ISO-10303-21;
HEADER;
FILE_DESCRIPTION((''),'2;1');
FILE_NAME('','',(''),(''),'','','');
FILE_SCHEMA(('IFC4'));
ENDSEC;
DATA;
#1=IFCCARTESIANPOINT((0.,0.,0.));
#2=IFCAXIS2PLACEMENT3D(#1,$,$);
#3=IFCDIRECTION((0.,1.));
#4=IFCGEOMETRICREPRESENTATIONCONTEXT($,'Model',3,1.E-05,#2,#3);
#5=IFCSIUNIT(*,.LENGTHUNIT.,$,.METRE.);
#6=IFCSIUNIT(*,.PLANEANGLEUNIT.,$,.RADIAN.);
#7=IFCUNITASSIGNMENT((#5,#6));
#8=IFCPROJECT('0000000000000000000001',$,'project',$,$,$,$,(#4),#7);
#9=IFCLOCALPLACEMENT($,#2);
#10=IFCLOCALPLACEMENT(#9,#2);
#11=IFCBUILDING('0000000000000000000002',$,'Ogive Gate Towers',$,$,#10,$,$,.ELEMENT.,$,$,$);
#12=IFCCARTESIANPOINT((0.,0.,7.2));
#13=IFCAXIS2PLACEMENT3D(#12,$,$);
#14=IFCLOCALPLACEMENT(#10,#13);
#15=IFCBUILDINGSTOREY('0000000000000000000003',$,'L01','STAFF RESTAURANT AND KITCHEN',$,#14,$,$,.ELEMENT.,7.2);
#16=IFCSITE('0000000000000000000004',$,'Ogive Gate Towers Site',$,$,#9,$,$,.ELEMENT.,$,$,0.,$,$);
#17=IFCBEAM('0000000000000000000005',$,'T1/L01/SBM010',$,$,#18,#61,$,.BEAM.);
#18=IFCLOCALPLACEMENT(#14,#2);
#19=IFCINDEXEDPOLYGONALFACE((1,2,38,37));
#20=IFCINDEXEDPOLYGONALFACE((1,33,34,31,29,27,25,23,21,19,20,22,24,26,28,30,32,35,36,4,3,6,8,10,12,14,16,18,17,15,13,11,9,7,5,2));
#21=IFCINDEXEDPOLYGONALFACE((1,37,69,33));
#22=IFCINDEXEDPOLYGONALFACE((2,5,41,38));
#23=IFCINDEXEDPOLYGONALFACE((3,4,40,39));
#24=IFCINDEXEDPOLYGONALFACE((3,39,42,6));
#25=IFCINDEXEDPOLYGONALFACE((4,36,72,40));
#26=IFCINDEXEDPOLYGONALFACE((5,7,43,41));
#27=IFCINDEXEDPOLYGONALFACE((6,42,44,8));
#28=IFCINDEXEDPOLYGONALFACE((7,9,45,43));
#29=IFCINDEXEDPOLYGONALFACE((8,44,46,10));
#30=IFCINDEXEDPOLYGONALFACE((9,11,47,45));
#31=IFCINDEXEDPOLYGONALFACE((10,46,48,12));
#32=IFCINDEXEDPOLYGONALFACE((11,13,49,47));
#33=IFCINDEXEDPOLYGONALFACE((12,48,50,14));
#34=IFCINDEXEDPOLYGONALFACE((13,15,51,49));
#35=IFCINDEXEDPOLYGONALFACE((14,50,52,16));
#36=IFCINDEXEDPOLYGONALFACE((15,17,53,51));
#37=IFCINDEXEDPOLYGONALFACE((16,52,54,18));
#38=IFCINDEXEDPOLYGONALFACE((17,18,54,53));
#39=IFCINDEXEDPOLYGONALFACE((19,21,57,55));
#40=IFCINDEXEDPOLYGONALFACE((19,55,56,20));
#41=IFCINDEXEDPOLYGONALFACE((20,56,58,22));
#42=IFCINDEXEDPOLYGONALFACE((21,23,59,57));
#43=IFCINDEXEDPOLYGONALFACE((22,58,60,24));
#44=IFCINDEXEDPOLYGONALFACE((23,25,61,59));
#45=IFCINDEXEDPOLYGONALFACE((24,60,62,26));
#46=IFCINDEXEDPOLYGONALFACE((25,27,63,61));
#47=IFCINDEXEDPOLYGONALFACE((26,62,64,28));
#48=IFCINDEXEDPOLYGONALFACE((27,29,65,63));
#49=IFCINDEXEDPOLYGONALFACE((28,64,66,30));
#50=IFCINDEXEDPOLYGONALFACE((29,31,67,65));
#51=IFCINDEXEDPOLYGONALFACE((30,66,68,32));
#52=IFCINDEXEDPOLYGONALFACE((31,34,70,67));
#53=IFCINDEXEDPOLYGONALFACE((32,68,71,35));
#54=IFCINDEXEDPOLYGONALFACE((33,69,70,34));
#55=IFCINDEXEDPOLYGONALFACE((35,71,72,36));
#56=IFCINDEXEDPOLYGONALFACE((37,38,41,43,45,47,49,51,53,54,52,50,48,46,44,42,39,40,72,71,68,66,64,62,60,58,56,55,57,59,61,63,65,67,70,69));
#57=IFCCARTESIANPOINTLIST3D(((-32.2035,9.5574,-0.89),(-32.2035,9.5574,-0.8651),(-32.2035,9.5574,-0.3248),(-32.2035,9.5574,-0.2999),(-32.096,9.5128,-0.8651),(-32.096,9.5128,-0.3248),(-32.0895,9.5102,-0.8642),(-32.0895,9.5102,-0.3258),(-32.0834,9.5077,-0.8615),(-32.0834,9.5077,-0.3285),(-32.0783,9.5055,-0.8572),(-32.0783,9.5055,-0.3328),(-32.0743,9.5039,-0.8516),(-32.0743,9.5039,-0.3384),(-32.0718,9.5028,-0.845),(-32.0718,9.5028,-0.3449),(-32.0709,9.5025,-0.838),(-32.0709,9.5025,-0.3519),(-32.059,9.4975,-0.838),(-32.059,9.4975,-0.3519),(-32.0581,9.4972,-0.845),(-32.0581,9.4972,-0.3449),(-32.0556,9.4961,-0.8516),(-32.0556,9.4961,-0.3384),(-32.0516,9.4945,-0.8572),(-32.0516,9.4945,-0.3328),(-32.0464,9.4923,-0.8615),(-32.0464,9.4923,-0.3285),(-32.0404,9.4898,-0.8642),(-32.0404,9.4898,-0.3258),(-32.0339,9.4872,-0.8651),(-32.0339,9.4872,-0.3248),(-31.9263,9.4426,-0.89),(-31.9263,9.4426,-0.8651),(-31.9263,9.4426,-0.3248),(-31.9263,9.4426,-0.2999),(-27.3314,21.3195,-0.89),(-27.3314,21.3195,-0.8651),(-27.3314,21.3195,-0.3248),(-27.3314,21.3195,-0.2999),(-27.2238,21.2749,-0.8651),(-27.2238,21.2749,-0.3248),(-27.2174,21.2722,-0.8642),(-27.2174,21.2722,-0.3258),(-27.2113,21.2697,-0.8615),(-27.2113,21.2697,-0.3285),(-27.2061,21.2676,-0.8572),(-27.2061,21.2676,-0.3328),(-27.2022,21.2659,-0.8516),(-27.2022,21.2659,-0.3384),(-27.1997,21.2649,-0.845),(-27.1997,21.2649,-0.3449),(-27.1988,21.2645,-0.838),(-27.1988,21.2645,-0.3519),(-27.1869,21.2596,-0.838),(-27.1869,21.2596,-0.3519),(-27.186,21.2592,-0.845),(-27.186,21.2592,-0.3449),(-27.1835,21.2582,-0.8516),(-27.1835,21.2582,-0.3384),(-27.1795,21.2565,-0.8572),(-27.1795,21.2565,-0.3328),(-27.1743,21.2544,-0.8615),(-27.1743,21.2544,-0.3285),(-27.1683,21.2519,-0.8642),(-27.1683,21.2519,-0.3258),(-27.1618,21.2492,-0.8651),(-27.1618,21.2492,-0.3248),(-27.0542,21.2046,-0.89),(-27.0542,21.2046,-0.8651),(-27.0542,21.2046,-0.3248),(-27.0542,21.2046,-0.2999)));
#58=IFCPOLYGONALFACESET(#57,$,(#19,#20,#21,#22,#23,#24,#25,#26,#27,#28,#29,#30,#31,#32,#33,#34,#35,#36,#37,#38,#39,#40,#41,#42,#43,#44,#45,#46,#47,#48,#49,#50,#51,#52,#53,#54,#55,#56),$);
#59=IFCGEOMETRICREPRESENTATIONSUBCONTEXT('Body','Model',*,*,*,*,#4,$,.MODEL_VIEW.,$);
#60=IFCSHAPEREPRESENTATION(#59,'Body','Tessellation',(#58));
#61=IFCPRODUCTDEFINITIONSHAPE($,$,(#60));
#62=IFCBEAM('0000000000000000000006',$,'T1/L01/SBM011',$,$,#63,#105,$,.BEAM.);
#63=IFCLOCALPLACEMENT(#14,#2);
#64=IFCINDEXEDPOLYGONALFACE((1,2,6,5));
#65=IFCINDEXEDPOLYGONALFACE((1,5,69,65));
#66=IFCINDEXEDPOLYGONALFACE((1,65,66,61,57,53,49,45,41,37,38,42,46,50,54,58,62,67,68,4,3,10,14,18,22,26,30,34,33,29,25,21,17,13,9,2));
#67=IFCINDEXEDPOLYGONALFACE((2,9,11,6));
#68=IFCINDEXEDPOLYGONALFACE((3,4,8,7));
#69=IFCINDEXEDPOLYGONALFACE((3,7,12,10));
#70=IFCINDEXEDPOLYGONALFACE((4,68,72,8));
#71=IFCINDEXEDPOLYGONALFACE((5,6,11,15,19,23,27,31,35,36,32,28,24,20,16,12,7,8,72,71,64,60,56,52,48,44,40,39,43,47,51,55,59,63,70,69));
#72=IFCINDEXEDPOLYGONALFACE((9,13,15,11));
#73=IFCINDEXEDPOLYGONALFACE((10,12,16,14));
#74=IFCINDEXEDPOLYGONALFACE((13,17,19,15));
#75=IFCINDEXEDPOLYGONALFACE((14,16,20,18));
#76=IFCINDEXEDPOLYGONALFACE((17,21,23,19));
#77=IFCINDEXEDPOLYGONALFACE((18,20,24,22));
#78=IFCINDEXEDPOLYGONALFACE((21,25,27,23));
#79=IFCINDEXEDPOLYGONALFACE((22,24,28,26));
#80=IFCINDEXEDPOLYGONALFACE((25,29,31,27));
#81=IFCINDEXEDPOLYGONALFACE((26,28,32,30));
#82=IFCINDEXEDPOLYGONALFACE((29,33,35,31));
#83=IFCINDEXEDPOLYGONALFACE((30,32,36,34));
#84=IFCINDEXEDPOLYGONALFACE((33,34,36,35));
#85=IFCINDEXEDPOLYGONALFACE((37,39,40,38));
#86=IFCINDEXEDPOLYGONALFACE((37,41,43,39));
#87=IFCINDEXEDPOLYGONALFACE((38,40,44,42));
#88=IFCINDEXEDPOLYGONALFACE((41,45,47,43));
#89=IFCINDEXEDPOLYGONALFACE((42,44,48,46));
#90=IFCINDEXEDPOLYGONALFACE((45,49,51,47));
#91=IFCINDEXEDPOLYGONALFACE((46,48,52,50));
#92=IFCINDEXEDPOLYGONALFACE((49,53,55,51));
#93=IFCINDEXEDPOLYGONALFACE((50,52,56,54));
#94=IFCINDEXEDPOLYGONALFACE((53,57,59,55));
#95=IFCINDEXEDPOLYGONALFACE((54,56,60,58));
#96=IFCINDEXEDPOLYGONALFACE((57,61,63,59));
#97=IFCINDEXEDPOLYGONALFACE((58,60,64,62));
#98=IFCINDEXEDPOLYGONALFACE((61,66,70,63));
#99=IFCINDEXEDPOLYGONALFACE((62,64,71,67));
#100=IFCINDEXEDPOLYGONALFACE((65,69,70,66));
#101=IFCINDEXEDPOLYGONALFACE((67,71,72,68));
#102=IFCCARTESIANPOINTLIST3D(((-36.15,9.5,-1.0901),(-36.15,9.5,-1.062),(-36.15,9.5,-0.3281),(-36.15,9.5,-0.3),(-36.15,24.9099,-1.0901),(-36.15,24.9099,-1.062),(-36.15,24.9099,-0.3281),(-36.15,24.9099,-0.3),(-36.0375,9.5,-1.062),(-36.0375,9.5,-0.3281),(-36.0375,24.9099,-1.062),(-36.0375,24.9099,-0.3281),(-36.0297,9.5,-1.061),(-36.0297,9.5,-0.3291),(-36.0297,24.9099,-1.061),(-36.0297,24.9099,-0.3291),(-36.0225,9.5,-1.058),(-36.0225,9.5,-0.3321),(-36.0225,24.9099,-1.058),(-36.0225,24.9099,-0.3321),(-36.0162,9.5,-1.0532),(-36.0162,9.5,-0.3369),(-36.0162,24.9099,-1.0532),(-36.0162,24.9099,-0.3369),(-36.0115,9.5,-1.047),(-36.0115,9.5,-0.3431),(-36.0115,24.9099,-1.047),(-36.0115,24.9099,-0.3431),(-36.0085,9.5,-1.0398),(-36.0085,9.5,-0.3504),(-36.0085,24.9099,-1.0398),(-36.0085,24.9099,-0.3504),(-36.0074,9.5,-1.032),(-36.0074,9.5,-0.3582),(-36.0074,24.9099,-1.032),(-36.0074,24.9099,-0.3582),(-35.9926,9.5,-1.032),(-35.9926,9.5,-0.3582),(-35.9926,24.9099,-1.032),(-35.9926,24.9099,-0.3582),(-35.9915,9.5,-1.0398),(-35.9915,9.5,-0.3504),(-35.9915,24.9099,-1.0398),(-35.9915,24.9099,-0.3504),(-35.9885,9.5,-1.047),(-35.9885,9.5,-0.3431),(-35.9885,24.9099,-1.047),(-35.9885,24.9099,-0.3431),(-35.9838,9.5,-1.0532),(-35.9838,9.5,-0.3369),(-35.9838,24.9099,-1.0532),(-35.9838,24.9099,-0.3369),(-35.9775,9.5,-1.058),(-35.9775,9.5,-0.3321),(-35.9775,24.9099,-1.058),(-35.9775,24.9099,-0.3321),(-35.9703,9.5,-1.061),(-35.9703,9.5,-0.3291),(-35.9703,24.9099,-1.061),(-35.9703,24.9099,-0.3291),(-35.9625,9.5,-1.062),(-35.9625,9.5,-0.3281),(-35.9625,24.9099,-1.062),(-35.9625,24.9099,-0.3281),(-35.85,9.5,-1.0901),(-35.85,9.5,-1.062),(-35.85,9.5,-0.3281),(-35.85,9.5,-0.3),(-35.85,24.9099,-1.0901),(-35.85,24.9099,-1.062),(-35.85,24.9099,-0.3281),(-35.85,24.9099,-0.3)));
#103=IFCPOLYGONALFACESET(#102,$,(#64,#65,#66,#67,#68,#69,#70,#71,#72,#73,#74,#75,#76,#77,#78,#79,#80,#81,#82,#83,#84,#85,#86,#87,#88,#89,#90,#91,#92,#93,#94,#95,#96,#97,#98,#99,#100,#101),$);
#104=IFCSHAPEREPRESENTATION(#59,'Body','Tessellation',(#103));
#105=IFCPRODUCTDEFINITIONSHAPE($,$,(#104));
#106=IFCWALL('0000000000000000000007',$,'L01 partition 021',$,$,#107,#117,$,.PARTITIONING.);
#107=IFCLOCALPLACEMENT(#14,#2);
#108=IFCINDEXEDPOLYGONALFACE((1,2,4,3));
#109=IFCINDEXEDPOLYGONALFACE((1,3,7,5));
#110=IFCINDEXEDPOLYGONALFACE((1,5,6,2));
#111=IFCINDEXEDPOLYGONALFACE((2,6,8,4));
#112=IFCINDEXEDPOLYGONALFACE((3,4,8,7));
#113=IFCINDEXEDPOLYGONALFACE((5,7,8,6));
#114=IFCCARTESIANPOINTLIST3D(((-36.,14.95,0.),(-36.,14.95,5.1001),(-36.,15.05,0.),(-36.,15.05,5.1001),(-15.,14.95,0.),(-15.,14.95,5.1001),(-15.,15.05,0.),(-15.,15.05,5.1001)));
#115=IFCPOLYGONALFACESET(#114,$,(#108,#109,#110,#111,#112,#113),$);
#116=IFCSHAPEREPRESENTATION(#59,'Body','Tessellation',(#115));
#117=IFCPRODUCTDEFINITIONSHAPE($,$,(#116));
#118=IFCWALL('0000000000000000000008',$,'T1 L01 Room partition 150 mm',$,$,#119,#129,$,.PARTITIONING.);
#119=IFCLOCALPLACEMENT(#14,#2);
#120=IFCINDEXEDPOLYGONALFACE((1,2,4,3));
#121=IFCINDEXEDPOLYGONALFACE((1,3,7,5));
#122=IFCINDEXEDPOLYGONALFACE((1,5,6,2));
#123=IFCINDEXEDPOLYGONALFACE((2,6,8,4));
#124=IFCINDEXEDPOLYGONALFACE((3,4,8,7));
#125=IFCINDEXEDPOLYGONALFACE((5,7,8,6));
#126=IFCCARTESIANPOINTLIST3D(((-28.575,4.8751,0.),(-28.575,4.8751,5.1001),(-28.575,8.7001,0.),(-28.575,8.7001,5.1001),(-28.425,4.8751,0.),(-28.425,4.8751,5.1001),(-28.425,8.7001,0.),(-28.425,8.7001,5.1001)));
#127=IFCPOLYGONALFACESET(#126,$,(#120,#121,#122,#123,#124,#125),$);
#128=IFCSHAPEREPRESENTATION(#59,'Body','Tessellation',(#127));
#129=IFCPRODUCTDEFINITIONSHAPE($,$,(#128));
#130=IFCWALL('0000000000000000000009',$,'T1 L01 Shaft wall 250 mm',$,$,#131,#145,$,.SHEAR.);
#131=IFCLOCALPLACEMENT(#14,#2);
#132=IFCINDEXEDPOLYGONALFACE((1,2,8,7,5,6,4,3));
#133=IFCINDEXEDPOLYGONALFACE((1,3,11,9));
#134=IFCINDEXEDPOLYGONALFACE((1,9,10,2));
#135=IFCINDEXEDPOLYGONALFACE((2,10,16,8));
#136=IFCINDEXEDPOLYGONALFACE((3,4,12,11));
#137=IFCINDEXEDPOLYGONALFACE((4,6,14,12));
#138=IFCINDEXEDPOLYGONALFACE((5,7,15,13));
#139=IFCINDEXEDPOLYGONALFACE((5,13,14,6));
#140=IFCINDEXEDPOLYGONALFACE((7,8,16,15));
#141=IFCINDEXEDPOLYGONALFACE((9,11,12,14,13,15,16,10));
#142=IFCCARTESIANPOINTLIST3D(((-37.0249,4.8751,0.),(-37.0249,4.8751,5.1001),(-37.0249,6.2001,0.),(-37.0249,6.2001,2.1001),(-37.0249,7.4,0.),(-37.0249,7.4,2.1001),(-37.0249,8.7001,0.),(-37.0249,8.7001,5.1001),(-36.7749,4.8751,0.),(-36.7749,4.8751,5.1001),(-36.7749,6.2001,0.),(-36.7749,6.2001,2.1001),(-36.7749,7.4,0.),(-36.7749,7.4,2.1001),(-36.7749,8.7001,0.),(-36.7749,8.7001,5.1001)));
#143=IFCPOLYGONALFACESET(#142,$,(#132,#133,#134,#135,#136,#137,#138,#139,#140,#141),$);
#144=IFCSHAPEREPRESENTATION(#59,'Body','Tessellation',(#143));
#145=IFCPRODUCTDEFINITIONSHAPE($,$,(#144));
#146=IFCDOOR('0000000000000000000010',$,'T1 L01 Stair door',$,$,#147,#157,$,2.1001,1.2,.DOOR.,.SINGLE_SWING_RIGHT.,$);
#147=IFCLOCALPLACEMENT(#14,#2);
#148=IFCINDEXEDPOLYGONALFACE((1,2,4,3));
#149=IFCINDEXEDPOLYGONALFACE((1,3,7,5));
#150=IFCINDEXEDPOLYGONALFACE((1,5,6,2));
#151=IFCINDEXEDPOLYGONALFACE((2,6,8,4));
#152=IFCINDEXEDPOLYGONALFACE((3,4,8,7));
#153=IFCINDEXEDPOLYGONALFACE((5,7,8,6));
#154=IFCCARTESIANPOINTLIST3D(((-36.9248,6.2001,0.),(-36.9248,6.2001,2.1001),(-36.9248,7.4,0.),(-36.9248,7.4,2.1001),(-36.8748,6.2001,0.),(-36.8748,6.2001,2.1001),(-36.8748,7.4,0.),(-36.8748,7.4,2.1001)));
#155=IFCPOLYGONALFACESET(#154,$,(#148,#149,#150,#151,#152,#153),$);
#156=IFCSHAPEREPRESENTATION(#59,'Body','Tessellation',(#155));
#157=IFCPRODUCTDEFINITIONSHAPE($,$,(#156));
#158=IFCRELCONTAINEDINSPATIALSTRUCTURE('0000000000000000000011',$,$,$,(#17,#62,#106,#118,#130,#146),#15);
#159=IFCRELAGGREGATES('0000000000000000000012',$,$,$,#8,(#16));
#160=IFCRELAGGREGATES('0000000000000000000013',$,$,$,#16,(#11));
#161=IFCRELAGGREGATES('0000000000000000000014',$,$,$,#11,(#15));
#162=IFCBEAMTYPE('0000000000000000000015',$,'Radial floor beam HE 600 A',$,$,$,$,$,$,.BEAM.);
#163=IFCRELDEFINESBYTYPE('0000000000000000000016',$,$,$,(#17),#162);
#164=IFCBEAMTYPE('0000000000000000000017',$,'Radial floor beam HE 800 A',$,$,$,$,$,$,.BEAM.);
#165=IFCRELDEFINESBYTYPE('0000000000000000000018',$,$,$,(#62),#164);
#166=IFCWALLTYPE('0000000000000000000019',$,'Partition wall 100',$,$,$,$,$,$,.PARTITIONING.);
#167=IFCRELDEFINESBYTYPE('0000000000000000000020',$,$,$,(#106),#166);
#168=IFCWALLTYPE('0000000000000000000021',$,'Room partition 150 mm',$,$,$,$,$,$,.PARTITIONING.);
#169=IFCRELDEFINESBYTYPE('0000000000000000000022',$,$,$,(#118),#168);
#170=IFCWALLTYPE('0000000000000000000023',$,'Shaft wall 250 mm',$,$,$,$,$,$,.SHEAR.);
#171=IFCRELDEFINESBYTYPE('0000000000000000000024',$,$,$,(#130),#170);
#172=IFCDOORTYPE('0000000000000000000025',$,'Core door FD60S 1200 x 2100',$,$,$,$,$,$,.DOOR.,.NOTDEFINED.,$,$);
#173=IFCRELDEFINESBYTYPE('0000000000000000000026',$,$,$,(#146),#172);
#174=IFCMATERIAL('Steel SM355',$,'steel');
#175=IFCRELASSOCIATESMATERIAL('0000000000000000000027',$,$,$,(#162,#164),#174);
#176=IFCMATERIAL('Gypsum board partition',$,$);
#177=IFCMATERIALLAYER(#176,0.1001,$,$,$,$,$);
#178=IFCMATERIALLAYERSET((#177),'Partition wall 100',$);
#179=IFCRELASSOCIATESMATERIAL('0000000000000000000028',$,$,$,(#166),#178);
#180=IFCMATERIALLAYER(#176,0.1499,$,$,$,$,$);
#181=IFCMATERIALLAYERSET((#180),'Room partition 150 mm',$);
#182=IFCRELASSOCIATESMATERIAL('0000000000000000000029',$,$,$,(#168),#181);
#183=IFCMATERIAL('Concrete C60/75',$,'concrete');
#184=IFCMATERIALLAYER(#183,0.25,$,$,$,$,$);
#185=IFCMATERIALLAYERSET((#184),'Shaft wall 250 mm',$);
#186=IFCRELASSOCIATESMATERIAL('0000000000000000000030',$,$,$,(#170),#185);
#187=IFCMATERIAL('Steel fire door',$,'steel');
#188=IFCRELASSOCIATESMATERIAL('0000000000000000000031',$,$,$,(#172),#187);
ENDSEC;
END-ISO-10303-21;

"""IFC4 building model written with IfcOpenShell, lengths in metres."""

from ifc_helpers import new_model, si_unit, direction, frame, frame_2d, origin, origin_2d, place, context, subcontext, project, spatial, rectangle, i_section, extrude, material, layer, layer_set, material_profile, profile_set, type_object, element, fill, save


model = new_model("IFC4")

# Units and contexts
model_context = context("Model", 3, precision=1e-05, world=origin(), true_north=direction((0.0, 1.0)))
body_context = subcontext(model_context, "Body", "Model", "MODEL_VIEW")
ifc_project = project(units=[si_unit("LENGTHUNIT", "METRE"), si_unit("PLANEANGLEUNIT", "RADIAN")], contexts=[model_context])

# Site, building, storey
site_placement = place(None, origin())
site = spatial("IfcSite", under=ifc_project, at=site_placement, Name="Ogive Gate Towers Site", CompositionType="ELEMENT", RefElevation=0.0)
building_placement = place(site_placement, origin())
building = spatial("IfcBuilding", under=site, at=building_placement, Name="Ogive Gate Towers", CompositionType="ELEMENT")
storey_placement = place(building_placement, frame((0.0, 0.0, 7.2)))
storey = spatial("IfcBuildingStorey", under=building, at=storey_placement, Name="L01", Description="STAFF RESTAURANT AND KITCHEN", CompositionType="ELEMENT", Elevation=7.2)

# Beams
ifc_material_1 = material(Name="Steel SM355", Category="steel")
ifc_material_profile_1 = material_profile(ifc_material_1, i_section(OverallWidth=0.3, OverallDepth=0.5901, WebThickness=0.0129, FlangeThickness=0.0249, FilletRadius=0.0271, at=origin_2d()), Name="HE 600 A")
ifc_profile_set_1 = profile_set([ifc_material_profile_1], Name="Steel SM355")
beam_type_1 = type_object("IfcBeamType", Name="Radial floor beam HE 600 A", PredefinedType="BEAM", material=ifc_profile_set_1)
beam_1_placement = place(storey_placement, frame((-32.0649, 9.5, -0.595), z_axis=(0.382691, 0.923877, 0.0), x_axis=(-0.923877, 0.382691, 0.0)))
element("IfcBeam", 1, at=beam_1_placement, inside=storey, type_object=beam_type_1, Name="T1/L01/SBM010", PredefinedType="BEAM", context=body_context, shape_type="SweptSolid", body=[
    extrude(i_section(OverallWidth=0.3, OverallDepth=0.5901, WebThickness=0.0129, FlangeThickness=0.0249, FilletRadius=0.0271, at=origin_2d()), origin(), (0.0, 0.0, 1.0), 12.7312),
])
ifc_material_profile_2 = material_profile(ifc_material_1, i_section(OverallWidth=0.3, OverallDepth=0.79, WebThickness=0.0149, FlangeThickness=0.0281, FilletRadius=0.03, at=origin_2d()), Name="HE 800 A")
ifc_profile_set_2 = profile_set([ifc_material_profile_2], Name="Steel SM355")
beam_type_2 = type_object("IfcBeamType", Name="Radial floor beam HE 800 A", PredefinedType="BEAM", material=ifc_profile_set_2)
beam_2_placement = place(storey_placement, frame((-36.0, 9.5, -0.6951), z_axis=(0.0, 1.0, 0.0), x_axis=(-1.0, 0.0, 0.0)))
element("IfcBeam", 2, at=beam_2_placement, inside=storey, type_object=beam_type_2, Name="T1/L01/SBM011", PredefinedType="BEAM", context=body_context, shape_type="SweptSolid", body=[
    extrude(i_section(OverallWidth=0.3, OverallDepth=0.79, WebThickness=0.0149, FlangeThickness=0.0281, FilletRadius=0.03, at=origin_2d()), origin(), (0.0, 0.0, 1.0), 15.4099),
])

# Walls
ifc_material_2 = material(Name="Gypsum board partition")
ifc_layer_1 = layer(ifc_material_2, 0.1001)
ifc_layer_set_1 = layer_set([ifc_layer_1], Name="Partition wall 100")
wall_type_1 = type_object("IfcWallType", Name="Partition wall 100", PredefinedType="PARTITIONING", material=ifc_layer_set_1)
wall_1_placement = place(storey_placement, frame((-36.0, 15.0, 0.0), z_axis=(0.0, 0.0, 1.0), x_axis=(1.0, 0.0, 0.0)))
element("IfcWall", 3, at=wall_1_placement, inside=storey, type_object=wall_type_1, Name="L01 partition 021", PredefinedType="PARTITIONING", context=body_context, shape_type="SweptSolid", body=[
    extrude(rectangle(XDim=21.0, YDim=0.1001, at=frame_2d((10.5, 0.0))), origin(), (0.0, 0.0, 1.0), 5.1001),
])
ifc_layer_2 = layer(ifc_material_2, 0.1499)
ifc_layer_set_2 = layer_set([ifc_layer_2], Name="Room partition 150 mm")
wall_type_2 = type_object("IfcWallType", Name="Room partition 150 mm", PredefinedType="PARTITIONING", material=ifc_layer_set_2)
wall_2_placement = place(storey_placement, frame((-28.5, 4.875, 0.0), z_axis=(0.0, 0.0, 1.0), x_axis=(0.0, 1.0, 0.0)))
element("IfcWall", 4, at=wall_2_placement, inside=storey, type_object=wall_type_2, Name="T1 L01 Room partition 150 mm", PredefinedType="PARTITIONING", context=body_context, shape_type="SweptSolid", body=[
    extrude(rectangle(XDim=3.825, YDim=0.1499, at=frame_2d((1.9126, 0.0))), origin(), (0.0, 0.0, 1.0), 5.1001),
])

# Wall, opening, door
ifc_material_3 = material(Name="Concrete C60/75", Category="concrete")
ifc_layer_3 = layer(ifc_material_3, 0.25)
ifc_layer_set_3 = layer_set([ifc_layer_3], Name="Shaft wall 250 mm")
wall_type_3 = type_object("IfcWallType", Name="Shaft wall 250 mm", PredefinedType="SHEAR", material=ifc_layer_set_3)
wall_3_placement = place(storey_placement, frame((-36.8999, 4.875, 0.0), z_axis=(0.0, 0.0, 1.0), x_axis=(0.0, 1.0, 0.0)))
wall_3 = element("IfcWall", 5, at=wall_3_placement, inside=storey, type_object=wall_type_3, Name="T1 L01 Shaft wall 250 mm", PredefinedType="SHEAR", context=body_context, shape_type="SweptSolid", body=[
    extrude(rectangle(XDim=3.825, YDim=0.25, at=frame_2d((1.9126, 0.0))), origin(), (0.0, 0.0, 1.0), 5.1001),
])
opening_1_placement = place(wall_3_placement, frame((1.325, 0.0, 0.0)))
opening_1 = element("IfcOpeningElement", 6, at=opening_1_placement, cuts=wall_3, PredefinedType="OPENING", context=body_context, shape_type="SweptSolid", body=[
    extrude(rectangle(XDim=1.2, YDim=2.1001, at=frame_2d((0.6001, 1.05))), frame((0.0, 0.135, 0.0), z_axis=(0.0, -1.0, 0.0), x_axis=(1.0, 0.0, 0.0)), (0.0, 0.0, 1.0), 0.27),
])
ifc_material_4 = material(Name="Steel fire door", Category="steel")
door_type_1 = type_object("IfcDoorType", Name="Core door FD60S 1200 x 2100", OperationType="NOTDEFINED", PredefinedType="DOOR", material=ifc_material_4)
door_1_placement = place(opening_1_placement, origin())
door_1 = element("IfcDoor", 7, at=door_1_placement, inside=storey, type_object=door_type_1, Name="T1 L01 Stair door", OperationType="SINGLE_SWING_RIGHT", OverallHeight=2.1001, OverallWidth=1.2, PredefinedType="DOOR", context=body_context, shape_type="SweptSolid", body=[
    extrude(rectangle(XDim=1.2, YDim=2.1001, at=frame_2d((0.6001, 1.05))), frame((0.0, 0.0249, 0.0), z_axis=(0.0, -1.0, 0.0), x_axis=(1.0, 0.0, 0.0)), (0.0, 0.0, 1.0), 0.05),
])
fill(opening_1, door_1)

save(model, "model.ifc")
